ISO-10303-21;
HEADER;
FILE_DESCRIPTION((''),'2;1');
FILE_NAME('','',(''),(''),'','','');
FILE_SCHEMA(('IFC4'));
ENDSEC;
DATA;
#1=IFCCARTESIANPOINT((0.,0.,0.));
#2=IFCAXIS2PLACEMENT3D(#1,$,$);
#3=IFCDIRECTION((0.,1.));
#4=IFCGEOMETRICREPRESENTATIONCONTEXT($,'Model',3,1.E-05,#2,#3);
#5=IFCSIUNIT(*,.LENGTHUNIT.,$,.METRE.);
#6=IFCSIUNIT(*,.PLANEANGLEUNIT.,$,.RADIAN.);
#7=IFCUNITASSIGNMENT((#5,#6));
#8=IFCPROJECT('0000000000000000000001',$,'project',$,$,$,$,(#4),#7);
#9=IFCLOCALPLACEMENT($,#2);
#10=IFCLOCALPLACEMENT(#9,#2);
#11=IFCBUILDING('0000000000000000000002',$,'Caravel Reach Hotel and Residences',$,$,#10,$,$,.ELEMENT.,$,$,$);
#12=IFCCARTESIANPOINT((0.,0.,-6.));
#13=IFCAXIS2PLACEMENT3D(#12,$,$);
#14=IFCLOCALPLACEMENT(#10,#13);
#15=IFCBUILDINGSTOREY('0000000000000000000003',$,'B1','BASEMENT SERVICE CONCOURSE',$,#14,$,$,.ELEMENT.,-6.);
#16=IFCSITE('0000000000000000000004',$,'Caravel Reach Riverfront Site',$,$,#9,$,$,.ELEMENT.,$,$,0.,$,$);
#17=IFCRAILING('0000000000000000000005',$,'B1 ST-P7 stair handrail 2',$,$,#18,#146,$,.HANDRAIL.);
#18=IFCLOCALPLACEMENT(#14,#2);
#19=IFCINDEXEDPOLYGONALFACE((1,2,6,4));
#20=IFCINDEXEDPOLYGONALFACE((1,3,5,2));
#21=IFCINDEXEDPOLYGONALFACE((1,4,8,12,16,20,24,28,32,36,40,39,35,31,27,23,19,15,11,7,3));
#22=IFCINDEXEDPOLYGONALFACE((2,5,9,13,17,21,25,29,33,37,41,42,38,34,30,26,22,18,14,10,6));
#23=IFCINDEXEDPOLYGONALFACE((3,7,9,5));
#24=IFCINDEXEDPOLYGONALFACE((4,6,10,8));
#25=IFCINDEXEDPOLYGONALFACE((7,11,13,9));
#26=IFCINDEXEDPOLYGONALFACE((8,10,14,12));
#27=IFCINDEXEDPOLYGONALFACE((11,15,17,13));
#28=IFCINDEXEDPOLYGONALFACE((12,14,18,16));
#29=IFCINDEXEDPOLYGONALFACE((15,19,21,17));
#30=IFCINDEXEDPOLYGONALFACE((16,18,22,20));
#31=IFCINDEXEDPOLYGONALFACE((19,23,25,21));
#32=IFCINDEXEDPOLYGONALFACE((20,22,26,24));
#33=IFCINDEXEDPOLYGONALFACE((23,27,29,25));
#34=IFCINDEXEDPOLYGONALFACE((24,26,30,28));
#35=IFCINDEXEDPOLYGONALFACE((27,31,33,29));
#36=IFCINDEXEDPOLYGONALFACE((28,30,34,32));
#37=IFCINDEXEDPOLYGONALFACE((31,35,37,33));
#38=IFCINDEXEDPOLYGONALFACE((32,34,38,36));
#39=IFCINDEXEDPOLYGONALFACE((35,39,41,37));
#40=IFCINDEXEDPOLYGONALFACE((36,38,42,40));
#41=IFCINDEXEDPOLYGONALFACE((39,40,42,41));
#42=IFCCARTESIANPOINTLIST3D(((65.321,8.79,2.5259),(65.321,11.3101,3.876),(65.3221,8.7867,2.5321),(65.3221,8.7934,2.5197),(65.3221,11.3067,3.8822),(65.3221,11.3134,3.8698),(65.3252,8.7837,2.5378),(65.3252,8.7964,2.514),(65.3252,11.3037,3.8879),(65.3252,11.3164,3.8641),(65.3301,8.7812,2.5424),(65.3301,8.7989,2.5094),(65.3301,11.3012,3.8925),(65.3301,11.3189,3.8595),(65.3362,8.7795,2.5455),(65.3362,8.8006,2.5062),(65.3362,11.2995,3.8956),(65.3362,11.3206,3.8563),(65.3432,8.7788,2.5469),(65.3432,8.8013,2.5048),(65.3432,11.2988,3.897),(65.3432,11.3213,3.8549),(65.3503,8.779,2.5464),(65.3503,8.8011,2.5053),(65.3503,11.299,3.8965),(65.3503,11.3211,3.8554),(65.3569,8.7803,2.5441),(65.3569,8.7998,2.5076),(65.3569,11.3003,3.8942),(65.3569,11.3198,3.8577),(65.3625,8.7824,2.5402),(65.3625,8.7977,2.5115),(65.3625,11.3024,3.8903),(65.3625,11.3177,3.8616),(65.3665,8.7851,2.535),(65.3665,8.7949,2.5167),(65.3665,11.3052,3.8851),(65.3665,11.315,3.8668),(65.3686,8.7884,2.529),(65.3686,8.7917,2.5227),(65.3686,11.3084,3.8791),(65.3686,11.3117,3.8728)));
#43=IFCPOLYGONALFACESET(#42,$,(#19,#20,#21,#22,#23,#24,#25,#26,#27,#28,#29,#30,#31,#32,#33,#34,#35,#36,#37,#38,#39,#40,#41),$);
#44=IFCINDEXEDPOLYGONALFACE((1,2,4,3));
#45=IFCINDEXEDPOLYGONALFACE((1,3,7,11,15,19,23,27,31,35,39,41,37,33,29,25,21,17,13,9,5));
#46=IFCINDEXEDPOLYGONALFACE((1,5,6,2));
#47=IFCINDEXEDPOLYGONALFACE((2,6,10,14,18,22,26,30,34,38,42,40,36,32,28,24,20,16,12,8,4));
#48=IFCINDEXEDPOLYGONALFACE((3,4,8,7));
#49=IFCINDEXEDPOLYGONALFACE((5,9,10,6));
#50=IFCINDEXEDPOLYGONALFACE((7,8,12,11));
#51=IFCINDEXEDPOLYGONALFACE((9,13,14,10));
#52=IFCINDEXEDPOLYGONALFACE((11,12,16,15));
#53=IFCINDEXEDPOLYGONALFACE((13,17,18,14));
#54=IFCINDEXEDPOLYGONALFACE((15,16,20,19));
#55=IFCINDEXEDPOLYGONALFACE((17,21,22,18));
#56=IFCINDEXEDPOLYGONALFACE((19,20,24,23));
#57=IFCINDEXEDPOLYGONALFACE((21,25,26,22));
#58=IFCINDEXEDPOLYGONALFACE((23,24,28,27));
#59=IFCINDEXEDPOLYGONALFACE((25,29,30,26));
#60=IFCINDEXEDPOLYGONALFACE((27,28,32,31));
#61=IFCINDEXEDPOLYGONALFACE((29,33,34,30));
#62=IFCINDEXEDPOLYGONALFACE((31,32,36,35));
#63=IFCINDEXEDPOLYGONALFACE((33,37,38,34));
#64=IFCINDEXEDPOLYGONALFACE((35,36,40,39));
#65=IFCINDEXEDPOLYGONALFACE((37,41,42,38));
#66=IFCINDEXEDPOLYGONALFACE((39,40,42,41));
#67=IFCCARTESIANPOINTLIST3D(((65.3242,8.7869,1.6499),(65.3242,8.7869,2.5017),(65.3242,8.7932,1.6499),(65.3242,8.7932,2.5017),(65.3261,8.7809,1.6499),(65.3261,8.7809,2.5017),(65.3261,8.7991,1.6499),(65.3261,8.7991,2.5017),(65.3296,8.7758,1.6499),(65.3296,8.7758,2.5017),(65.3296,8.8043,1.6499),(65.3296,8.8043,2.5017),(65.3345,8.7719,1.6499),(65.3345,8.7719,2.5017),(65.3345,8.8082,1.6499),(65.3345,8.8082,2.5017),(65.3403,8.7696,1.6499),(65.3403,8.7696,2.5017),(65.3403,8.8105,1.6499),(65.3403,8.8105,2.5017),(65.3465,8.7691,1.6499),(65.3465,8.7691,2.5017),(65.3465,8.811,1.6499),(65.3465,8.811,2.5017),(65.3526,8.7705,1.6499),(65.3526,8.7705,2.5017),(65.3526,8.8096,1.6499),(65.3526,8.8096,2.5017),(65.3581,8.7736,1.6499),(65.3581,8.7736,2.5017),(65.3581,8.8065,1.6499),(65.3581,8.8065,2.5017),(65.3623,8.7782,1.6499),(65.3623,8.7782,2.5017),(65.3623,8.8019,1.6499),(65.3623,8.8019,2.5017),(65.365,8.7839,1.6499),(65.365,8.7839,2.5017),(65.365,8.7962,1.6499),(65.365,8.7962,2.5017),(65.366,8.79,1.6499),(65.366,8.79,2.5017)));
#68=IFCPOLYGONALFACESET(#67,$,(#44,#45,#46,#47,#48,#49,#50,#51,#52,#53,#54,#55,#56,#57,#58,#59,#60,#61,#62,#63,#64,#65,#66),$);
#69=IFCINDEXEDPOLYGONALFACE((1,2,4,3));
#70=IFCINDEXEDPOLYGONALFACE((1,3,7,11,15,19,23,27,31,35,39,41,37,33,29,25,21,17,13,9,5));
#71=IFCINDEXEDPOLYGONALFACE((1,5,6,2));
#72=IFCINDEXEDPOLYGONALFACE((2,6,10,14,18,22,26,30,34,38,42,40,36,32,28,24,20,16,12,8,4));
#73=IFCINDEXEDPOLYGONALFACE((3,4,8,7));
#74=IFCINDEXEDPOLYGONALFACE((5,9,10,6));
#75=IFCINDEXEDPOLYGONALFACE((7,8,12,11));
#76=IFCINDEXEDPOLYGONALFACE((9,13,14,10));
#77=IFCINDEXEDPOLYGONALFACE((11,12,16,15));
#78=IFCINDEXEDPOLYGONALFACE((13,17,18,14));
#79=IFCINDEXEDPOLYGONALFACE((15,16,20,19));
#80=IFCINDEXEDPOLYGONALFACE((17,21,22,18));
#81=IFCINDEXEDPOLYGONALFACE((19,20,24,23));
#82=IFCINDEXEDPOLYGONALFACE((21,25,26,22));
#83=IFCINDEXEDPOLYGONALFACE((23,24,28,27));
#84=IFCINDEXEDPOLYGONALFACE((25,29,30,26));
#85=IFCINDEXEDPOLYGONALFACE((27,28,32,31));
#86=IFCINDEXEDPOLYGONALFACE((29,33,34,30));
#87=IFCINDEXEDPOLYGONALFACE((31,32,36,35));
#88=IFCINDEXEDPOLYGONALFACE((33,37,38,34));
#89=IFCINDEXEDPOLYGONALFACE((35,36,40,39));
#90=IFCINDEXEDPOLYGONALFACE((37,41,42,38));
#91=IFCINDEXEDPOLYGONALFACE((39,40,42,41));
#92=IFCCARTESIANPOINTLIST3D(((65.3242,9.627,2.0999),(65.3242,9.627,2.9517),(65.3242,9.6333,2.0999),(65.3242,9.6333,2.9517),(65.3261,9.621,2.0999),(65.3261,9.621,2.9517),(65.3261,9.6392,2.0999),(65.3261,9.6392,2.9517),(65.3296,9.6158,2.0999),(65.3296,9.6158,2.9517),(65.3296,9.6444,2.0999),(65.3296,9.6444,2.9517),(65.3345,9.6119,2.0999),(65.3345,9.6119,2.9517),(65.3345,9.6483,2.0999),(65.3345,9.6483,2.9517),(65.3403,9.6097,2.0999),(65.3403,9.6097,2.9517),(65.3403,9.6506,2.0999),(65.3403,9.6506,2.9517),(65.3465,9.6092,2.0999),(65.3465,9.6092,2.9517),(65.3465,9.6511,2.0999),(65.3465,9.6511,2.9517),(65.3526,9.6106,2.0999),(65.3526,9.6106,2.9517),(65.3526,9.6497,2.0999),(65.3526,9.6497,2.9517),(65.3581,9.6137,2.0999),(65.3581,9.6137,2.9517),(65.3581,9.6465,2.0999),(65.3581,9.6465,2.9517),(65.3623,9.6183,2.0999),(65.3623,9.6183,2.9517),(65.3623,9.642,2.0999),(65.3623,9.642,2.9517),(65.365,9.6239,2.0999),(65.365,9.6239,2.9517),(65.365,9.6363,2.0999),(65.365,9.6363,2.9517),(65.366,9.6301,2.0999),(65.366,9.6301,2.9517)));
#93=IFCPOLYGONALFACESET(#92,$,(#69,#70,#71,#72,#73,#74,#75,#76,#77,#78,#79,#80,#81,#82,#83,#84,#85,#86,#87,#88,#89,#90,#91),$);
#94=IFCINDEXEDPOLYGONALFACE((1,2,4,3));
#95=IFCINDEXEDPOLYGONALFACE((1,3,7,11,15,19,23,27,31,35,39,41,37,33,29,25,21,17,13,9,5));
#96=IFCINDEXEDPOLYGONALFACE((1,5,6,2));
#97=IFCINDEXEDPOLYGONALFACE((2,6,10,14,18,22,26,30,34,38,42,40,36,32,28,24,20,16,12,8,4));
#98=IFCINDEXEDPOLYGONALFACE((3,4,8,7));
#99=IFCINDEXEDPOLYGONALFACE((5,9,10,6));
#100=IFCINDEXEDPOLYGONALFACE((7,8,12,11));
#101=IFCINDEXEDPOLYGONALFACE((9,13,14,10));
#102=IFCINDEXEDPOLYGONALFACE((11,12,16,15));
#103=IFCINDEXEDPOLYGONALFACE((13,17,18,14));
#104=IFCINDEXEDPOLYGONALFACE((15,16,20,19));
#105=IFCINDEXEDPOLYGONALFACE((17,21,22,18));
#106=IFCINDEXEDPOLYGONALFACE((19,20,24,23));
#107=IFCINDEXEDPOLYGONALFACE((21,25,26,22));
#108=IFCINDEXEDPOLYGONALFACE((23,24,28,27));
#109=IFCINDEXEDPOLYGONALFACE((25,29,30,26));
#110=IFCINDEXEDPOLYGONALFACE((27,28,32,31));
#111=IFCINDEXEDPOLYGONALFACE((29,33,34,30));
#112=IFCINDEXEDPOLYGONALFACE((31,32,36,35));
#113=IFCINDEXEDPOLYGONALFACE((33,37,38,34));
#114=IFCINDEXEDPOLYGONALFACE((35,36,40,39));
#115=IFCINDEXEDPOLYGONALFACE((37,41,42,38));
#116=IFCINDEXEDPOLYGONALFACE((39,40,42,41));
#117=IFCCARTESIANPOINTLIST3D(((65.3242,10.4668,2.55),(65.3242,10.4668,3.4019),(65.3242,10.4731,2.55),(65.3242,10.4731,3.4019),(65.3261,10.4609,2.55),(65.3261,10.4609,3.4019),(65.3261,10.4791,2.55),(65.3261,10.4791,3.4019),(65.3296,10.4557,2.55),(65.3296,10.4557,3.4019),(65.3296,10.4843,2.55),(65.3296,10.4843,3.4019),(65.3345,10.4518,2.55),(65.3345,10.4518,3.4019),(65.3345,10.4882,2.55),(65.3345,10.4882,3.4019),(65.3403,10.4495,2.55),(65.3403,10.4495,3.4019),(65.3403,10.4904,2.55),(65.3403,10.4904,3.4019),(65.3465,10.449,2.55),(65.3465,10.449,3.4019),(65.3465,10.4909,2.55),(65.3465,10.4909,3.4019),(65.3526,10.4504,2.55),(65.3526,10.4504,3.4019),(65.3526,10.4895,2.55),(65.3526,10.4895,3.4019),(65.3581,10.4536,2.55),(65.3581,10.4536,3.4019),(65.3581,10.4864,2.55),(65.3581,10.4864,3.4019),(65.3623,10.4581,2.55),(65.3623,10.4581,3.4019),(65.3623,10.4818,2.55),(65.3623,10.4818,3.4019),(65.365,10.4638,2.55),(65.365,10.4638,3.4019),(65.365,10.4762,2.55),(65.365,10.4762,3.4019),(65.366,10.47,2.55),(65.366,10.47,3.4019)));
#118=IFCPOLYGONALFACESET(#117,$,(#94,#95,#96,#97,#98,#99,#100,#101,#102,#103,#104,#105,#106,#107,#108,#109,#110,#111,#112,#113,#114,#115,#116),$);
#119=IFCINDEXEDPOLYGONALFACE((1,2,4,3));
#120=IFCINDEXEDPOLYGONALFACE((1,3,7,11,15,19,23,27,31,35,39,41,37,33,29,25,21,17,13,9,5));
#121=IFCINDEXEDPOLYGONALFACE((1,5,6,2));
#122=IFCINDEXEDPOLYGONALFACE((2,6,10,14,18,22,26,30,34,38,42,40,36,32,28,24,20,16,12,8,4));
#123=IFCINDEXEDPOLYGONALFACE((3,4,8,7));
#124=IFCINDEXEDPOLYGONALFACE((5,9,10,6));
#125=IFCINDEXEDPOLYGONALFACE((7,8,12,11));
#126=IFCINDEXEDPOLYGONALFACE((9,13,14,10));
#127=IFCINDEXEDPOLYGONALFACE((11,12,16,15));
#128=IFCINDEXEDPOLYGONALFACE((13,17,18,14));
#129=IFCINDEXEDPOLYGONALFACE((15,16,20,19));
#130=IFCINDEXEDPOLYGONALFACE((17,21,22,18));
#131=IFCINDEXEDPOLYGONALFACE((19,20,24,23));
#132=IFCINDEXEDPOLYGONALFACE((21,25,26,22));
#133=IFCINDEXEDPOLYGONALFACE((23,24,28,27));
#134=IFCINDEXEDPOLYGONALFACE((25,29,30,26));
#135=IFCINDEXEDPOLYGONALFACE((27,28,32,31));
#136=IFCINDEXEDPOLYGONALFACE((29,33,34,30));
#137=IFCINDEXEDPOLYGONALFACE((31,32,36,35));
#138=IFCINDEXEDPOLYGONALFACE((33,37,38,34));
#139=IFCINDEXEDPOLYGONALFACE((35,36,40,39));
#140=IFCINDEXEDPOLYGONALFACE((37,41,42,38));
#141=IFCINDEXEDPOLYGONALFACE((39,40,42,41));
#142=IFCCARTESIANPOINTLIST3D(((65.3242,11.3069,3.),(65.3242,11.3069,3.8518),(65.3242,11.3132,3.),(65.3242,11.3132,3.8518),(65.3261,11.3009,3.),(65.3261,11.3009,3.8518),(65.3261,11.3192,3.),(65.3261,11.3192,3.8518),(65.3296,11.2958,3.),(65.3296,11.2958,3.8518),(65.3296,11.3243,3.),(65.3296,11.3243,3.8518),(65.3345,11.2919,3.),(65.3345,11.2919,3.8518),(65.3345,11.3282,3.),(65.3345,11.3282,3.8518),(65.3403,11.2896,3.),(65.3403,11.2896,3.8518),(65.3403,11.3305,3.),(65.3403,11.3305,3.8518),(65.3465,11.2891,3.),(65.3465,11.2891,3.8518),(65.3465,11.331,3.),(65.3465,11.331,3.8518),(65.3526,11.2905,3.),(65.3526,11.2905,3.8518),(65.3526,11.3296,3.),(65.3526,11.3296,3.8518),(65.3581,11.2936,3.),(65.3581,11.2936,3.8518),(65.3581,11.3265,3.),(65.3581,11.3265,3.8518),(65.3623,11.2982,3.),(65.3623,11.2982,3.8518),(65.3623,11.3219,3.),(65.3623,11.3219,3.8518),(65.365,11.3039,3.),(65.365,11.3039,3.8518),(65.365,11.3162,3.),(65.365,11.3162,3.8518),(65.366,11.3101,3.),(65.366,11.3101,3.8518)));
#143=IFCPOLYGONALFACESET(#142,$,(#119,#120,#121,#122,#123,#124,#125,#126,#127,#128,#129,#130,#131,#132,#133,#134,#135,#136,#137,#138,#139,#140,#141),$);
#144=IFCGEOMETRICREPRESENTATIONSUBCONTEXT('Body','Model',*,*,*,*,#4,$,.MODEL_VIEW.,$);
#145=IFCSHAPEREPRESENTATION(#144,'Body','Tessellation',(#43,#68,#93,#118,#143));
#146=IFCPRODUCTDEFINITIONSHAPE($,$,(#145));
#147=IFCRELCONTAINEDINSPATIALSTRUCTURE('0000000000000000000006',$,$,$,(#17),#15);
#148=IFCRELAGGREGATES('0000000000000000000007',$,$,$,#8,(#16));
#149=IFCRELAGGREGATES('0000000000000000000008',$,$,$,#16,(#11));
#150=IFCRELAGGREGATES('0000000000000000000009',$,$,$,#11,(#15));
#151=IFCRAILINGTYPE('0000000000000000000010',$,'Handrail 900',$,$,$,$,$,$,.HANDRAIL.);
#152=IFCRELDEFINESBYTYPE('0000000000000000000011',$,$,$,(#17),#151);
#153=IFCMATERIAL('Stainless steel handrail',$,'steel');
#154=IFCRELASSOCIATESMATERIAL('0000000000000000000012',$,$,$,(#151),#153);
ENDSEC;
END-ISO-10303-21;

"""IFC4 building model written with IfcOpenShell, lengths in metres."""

from ifc_helpers import new_model, si_unit, direction, frame, origin, origin_2d, place, context, subcontext, project, spatial, circle, extrude, material, type_object, element, save


model = new_model("IFC4")

# Units and contexts
model_context = context("Model", 3, precision=1e-05, world=origin(), true_north=direction((0.0, 1.0)))
body_context = subcontext(model_context, "Body", "Model", "MODEL_VIEW")
ifc_project = project(units=[si_unit("LENGTHUNIT", "METRE"), si_unit("PLANEANGLEUNIT", "RADIAN")], contexts=[model_context])

# Site, building, storey
site_placement = place(None, origin())
site = spatial("IfcSite", under=ifc_project, at=site_placement, Name="Caravel Reach Riverfront Site", CompositionType="ELEMENT", RefElevation=0.0)
building_placement = place(site_placement, origin())
building = spatial("IfcBuilding", under=site, at=building_placement, Name="Caravel Reach Hotel and Residences", CompositionType="ELEMENT")
storey_placement = place(building_placement, frame((0.0, 0.0, -6.0)))
storey = spatial("IfcBuildingStorey", under=building, at=storey_placement, Name="B1", Description="BASEMENT SERVICE CONCOURSE", CompositionType="ELEMENT", Elevation=-6.0)

# Railing
ifc_material_1 = material(Name="Stainless steel handrail", Category="steel")
railing_type_1 = type_object("IfcRailingType", Name="Handrail 900", PredefinedType="HANDRAIL", material=ifc_material_1)
railing_1_placement = place(storey_placement, frame((65.345, 8.79, 1.6499)))
element("IfcRailing", 1, at=railing_1_placement, inside=storey, type_object=railing_type_1, Name="B1 ST-P7 stair handrail 2", PredefinedType="HANDRAIL", context=body_context, shape_type="SweptSolid", body=[
    extrude(circle(Radius=0.0239, at=origin_2d()), frame((0.0, 0.0, 0.876), z_axis=(0.0, 0.881467, 0.472245), x_axis=(-1.0, 0.0, 0.0)), (0.0, 0.0, 1.0), 2.8589),
    extrude(circle(Radius=0.021, at=origin_2d()), origin(), (0.0, 0.0, 1.0), 0.8518),
    extrude(circle(Radius=0.021, at=origin_2d()), frame((0.0, 0.8401, 0.45)), (0.0, 0.0, 1.0), 0.8518),
    extrude(circle(Radius=0.021, at=origin_2d()), frame((0.0, 1.6799, 0.9001)), (0.0, 0.0, 1.0), 0.8518),
    extrude(circle(Radius=0.021, at=origin_2d()), frame((0.0, 2.52, 1.3501)), (0.0, 0.0, 1.0), 0.8518),
])

save(model, "model.ifc")
